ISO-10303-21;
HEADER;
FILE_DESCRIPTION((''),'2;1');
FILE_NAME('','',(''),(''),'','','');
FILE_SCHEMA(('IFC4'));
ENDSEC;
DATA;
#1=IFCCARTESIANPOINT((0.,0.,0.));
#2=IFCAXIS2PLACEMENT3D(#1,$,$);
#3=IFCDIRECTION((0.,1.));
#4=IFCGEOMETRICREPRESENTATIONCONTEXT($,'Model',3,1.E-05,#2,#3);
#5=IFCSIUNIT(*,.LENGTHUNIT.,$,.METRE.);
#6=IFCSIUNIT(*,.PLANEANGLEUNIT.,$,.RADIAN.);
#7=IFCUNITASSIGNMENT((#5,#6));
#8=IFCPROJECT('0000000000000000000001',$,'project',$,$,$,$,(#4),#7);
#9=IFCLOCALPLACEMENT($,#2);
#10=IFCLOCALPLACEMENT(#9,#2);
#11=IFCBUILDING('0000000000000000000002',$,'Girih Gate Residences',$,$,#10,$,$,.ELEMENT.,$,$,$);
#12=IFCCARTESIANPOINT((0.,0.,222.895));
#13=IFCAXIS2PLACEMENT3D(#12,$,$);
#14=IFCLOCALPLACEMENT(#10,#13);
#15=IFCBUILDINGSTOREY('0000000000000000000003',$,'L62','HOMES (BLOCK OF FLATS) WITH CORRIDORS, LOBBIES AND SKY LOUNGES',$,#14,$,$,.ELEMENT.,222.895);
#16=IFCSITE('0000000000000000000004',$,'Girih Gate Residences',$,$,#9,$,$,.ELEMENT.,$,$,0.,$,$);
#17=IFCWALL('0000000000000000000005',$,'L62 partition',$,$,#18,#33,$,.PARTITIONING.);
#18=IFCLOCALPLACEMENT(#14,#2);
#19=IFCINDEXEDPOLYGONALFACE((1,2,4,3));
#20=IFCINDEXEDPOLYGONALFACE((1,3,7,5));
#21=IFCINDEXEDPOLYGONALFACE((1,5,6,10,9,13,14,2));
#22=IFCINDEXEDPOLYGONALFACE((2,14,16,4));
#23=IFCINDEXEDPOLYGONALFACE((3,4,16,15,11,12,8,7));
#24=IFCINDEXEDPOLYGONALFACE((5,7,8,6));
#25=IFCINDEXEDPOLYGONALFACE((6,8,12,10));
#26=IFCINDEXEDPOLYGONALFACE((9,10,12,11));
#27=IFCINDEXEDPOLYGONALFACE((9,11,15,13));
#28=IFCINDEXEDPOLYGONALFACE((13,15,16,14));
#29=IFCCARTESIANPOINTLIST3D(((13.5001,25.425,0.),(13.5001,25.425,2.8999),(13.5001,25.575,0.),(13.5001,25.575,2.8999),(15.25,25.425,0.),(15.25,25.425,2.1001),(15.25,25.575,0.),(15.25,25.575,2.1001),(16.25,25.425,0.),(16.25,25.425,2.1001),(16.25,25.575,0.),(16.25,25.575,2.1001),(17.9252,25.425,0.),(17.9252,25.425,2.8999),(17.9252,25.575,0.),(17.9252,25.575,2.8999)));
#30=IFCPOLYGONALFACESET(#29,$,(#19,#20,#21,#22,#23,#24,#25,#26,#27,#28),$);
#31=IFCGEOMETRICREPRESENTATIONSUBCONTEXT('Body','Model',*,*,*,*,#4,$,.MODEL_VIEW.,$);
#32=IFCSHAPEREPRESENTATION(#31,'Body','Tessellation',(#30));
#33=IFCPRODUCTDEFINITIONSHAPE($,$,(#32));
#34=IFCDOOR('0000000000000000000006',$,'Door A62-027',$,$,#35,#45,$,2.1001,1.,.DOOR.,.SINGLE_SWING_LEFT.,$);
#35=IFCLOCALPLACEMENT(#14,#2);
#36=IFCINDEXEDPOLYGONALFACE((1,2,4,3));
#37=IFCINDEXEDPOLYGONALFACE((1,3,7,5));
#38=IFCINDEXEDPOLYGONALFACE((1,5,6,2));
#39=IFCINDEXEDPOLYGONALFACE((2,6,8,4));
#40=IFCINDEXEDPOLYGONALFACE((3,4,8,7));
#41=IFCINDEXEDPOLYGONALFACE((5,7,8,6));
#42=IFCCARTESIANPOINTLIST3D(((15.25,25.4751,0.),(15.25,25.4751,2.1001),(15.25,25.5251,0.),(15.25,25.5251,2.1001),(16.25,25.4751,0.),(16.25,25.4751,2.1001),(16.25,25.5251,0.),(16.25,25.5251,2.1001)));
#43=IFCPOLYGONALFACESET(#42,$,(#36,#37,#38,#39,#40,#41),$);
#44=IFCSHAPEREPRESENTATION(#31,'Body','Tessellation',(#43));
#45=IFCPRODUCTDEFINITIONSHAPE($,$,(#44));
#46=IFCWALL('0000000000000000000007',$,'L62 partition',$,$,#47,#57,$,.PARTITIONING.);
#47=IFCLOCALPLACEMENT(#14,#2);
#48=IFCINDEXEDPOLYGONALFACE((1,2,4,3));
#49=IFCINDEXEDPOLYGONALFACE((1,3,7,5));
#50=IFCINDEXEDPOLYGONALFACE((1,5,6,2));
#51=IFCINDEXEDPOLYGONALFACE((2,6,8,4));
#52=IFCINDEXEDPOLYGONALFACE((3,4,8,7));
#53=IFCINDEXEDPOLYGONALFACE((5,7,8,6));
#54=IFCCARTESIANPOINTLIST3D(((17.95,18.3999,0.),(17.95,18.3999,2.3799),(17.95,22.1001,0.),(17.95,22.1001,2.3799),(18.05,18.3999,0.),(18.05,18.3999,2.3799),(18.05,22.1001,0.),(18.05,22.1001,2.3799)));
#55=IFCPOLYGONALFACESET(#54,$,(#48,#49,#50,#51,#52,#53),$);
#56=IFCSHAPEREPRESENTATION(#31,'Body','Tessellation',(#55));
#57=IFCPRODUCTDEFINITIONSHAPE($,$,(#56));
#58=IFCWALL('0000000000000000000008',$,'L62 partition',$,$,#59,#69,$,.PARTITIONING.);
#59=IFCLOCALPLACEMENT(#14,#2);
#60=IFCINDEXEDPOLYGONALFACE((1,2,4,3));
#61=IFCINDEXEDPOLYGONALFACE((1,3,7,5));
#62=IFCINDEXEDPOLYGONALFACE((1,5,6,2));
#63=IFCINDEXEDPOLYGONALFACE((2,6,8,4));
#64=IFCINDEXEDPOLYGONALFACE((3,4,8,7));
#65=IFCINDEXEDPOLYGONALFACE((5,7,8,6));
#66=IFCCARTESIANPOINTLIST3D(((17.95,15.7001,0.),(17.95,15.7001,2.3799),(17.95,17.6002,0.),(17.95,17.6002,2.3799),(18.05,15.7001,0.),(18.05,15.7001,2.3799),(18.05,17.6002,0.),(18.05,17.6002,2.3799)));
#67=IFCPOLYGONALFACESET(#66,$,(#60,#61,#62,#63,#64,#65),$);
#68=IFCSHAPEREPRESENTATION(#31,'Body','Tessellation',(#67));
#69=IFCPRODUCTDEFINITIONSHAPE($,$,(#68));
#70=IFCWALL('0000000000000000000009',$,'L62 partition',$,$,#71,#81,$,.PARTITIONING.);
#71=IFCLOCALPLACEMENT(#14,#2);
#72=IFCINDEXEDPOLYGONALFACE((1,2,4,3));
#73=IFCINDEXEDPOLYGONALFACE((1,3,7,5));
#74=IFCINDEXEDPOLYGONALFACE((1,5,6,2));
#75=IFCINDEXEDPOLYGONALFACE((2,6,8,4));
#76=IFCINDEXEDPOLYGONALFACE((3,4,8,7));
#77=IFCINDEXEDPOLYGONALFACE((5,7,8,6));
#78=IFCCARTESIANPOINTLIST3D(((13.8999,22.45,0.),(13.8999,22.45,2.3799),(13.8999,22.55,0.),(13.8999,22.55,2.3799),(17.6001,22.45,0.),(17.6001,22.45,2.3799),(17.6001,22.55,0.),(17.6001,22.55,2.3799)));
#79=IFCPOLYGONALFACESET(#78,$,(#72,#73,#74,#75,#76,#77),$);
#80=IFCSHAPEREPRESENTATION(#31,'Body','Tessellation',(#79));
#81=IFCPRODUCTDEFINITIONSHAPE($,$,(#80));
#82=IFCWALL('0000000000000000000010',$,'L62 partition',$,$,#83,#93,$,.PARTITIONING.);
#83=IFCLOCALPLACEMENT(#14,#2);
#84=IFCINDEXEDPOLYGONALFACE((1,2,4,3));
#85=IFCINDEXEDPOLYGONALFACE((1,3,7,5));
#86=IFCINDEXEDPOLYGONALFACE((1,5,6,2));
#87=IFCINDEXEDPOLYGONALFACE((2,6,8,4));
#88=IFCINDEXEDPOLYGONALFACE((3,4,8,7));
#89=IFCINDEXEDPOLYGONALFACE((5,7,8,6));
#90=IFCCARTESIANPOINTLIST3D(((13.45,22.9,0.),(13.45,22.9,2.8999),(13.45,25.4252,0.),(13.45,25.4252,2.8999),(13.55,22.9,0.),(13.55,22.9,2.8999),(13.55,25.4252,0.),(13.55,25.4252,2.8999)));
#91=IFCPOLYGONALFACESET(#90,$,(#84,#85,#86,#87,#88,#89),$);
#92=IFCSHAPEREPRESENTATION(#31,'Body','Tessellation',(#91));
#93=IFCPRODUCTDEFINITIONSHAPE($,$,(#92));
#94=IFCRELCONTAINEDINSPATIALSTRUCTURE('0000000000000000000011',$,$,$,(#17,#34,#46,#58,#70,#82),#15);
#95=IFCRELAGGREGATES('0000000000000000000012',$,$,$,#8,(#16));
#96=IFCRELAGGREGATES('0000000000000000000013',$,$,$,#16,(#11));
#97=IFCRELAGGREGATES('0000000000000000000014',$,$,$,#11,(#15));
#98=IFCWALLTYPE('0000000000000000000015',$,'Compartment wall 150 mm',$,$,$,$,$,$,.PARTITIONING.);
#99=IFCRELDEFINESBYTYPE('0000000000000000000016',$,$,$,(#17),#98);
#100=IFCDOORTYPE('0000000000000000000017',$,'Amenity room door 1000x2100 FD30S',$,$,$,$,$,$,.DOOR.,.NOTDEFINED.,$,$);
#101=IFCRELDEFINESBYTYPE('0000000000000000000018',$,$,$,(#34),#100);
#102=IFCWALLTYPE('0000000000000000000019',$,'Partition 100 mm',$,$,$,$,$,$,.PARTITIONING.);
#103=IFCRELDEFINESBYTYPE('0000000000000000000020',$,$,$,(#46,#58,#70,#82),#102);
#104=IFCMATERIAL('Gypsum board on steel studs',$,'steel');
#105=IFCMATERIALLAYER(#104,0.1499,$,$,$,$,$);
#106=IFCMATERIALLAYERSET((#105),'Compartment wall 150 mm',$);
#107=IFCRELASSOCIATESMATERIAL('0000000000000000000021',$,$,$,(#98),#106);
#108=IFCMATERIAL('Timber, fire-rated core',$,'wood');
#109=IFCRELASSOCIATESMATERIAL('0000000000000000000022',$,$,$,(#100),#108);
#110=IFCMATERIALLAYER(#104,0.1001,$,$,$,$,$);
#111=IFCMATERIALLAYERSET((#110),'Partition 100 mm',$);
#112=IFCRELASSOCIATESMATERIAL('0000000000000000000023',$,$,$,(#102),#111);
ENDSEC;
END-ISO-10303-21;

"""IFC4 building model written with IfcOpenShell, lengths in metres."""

from ifc_helpers import new_model, si_unit, direction, frame, frame_2d, origin, place, context, subcontext, project, spatial, rectangle, extrude, material, layer, layer_set, type_object, element, fill, save


model = new_model("IFC4")

# Units and contexts
model_context = context("Model", 3, precision=1e-05, world=origin(), true_north=direction((0.0, 1.0)))
body_context = subcontext(model_context, "Body", "Model", "MODEL_VIEW")
ifc_project = project(units=[si_unit("LENGTHUNIT", "METRE"), si_unit("PLANEANGLEUNIT", "RADIAN")], contexts=[model_context])

# Site, building, storey
site_placement = place(None, origin())
site = spatial("IfcSite", under=ifc_project, at=site_placement, Name="Girih Gate Residences", CompositionType="ELEMENT", RefElevation=0.0)
building_placement = place(site_placement, origin())
building = spatial("IfcBuilding", under=site, at=building_placement, Name="Girih Gate Residences", CompositionType="ELEMENT")
storey_placement = place(building_placement, frame((0.0, 0.0, 222.895)))
storey = spatial("IfcBuildingStorey", under=building, at=storey_placement, Name="L62", Description="HOMES (BLOCK OF FLATS) WITH CORRIDORS, LOBBIES AND SKY LOUNGES", CompositionType="ELEMENT", Elevation=222.895)

# Shared definitions
ifc_material_1 = material(Name="Gypsum board on steel studs", Category="steel")
ifc_layer_1 = layer(ifc_material_1, 0.1499)
ifc_layer_set_1 = layer_set([ifc_layer_1], Name="Compartment wall 150 mm")
wall_type_1 = type_object("IfcWallType", Name="Compartment wall 150 mm", PredefinedType="PARTITIONING", material=ifc_layer_set_1)

# Wall, opening, door
ifc_material_2 = material(Name="Timber, fire-rated core", Category="wood")
door_type = type_object("IfcDoorType", Name="Amenity room door 1000x2100 FD30S", OperationType="NOTDEFINED", PredefinedType="DOOR", material=ifc_material_2)
wall_1_placement = place(storey_placement, frame((17.925, 25.5, 0.0), z_axis=(0.0, 0.0, 1.0), x_axis=(-1.0, 0.0, 0.0)))
wall_1 = element("IfcWall", 1, at=wall_1_placement, inside=storey, type_object=wall_type_1, Name="L62 partition", PredefinedType="PARTITIONING", context=body_context, shape_type="SweptSolid", body=[
    extrude(rectangle(XDim=4.425, YDim=0.1499, at=frame_2d((2.2124, 0.0))), origin(), (0.0, 0.0, 1.0), 2.8999),
])
opening_1_placement = place(wall_1_placement, frame((1.675, 0.0, 0.0)))
opening_1 = element("IfcOpeningElement", 2, at=opening_1_placement, cuts=wall_1, PredefinedType="OPENING", context=body_context, shape_type="SweptSolid", body=[
    extrude(rectangle(XDim=1.0, YDim=2.1001, at=frame_2d((0.5, 1.05))), frame((0.0, 0.085, 0.0), z_axis=(0.0, -1.0, 0.0), x_axis=(1.0, 0.0, 0.0)), (0.0, 0.0, 1.0), 0.1699),
])
door_1_placement = place(opening_1_placement, origin())
door_1 = element("IfcDoor", 3, at=door_1_placement, inside=storey, type_object=door_type, Name="Door A62-027", OperationType="SINGLE_SWING_LEFT", OverallHeight=2.1001, OverallWidth=1.0, PredefinedType="DOOR", context=body_context, shape_type="SweptSolid", body=[
    extrude(rectangle(XDim=1.0, YDim=2.1001, at=frame_2d((0.5, 1.05))), frame((0.0, 0.0249, 0.0), z_axis=(0.0, -1.0, 0.0), x_axis=(1.0, 0.0, 0.0)), (0.0, 0.0, 1.0), 0.05),
])
fill(opening_1, door_1)

# Walls
ifc_layer_2 = layer(ifc_material_1, 0.1001)
ifc_layer_set_2 = layer_set([ifc_layer_2], Name="Partition 100 mm")
wall_type_2 = type_object("IfcWallType", Name="Partition 100 mm", PredefinedType="PARTITIONING", material=ifc_layer_set_2)
wall_2_placement = place(storey_placement, frame((18.0, 18.3999, 0.0), z_axis=(0.0, 0.0, 1.0), x_axis=(0.0, 1.0, 0.0)))
element("IfcWall", 4, at=wall_2_placement, inside=storey, type_object=wall_type_2, Name="L62 partition", PredefinedType="PARTITIONING", context=body_context, shape_type="SweptSolid", body=[
    extrude(rectangle(XDim=3.7002, YDim=0.1001, at=frame_2d((1.8501, 0.0))), origin(), (0.0, 0.0, 1.0), 2.3799),
])
wall_3_placement = place(storey_placement, frame((18.0, 15.7, 0.0), z_axis=(0.0, 0.0, 1.0), x_axis=(0.0, 1.0, 0.0)))
element("IfcWall", 5, at=wall_3_placement, inside=storey, type_object=wall_type_2, Name="L62 partition", PredefinedType="PARTITIONING", context=body_context, shape_type="SweptSolid", body=[
    extrude(rectangle(XDim=1.9001, YDim=0.1001, at=frame_2d((0.9502, 0.0))), origin(), (0.0, 0.0, 1.0), 2.3799),
])
wall_4_placement = place(storey_placement, frame((13.8999, 22.5, 0.0), z_axis=(0.0, 0.0, 1.0), x_axis=(1.0, 0.0, 0.0)))
element("IfcWall", 6, at=wall_4_placement, inside=storey, type_object=wall_type_2, Name="L62 partition", PredefinedType="PARTITIONING", context=body_context, shape_type="SweptSolid", body=[
    extrude(rectangle(XDim=3.7002, YDim=0.1001, at=frame_2d((1.8501, 0.0))), origin(), (0.0, 0.0, 1.0), 2.3799),
])
wall_5_placement = place(storey_placement, frame((13.5, 22.8999, 0.0), z_axis=(0.0, 0.0, 1.0), x_axis=(0.0, 1.0, 0.0)))
element("IfcWall", 7, at=wall_5_placement, inside=storey, type_object=wall_type_2, Name="L62 partition", PredefinedType="PARTITIONING", context=body_context, shape_type="SweptSolid", body=[
    extrude(rectangle(XDim=2.5251, YDim=0.1001, at=frame_2d((1.2627, 0.0))), origin(), (0.0, 0.0, 1.0), 2.8999),
])

save(model, "model.ifc")
